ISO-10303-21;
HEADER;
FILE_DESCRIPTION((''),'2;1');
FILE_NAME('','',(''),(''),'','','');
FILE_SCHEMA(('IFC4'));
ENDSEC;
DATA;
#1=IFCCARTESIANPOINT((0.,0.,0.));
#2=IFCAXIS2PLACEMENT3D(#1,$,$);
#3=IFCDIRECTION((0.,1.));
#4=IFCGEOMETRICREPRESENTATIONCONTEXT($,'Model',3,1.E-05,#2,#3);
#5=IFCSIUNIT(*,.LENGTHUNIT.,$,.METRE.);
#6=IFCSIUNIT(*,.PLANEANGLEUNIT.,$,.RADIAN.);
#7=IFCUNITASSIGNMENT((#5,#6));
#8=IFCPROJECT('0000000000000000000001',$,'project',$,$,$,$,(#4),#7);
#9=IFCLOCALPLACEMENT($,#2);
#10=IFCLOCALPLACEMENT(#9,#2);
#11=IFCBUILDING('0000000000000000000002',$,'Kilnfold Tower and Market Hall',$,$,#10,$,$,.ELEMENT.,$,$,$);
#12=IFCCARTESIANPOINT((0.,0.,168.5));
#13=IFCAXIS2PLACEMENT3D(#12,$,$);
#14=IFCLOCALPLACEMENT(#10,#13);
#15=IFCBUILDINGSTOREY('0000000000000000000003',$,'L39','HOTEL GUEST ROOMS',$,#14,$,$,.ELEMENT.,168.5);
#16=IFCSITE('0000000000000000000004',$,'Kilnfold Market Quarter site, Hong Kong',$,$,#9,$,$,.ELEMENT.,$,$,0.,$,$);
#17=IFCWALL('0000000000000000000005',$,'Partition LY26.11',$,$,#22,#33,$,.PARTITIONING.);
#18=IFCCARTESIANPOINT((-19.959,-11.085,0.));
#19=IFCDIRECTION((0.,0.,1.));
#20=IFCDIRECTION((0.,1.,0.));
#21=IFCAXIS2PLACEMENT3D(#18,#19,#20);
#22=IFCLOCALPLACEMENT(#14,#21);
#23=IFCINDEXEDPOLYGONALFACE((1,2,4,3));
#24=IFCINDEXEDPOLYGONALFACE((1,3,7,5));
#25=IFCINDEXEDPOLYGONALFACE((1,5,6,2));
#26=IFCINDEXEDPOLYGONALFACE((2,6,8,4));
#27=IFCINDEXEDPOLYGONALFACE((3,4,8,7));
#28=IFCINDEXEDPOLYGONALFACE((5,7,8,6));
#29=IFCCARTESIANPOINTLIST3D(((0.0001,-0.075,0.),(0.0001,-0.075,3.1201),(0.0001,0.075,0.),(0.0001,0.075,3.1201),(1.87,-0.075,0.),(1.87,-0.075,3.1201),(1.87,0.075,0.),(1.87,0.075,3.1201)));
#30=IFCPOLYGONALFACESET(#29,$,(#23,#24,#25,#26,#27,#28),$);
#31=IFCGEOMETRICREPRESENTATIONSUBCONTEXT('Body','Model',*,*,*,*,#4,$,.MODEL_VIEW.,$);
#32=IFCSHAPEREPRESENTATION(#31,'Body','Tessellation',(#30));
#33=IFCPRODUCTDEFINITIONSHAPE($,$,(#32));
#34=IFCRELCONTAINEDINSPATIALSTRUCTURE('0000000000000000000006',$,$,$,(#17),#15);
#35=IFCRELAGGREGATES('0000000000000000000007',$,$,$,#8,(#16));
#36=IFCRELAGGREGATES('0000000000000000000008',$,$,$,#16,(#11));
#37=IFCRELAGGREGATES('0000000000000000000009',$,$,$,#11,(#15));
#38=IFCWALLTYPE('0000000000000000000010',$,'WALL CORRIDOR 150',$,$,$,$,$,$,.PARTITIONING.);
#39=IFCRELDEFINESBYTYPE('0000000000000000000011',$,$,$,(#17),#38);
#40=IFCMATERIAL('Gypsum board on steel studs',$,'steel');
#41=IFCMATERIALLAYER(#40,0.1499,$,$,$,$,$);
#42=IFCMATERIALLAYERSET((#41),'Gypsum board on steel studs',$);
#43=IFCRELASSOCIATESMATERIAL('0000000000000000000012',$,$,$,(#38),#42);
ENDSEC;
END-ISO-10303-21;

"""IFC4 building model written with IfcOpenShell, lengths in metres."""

from ifc_helpers import new_model, si_unit, direction, frame, frame_2d, origin, place, context, subcontext, project, spatial, rectangle, extrude, material, layer, layer_set, type_object, element, save


model = new_model("IFC4")

# Units and contexts
model_context = context("Model", 3, precision=1e-05, world=origin(), true_north=direction((0.0, 1.0)))
body_context = subcontext(model_context, "Body", "Model", "MODEL_VIEW")
ifc_project = project(units=[si_unit("LENGTHUNIT", "METRE"), si_unit("PLANEANGLEUNIT", "RADIAN")], contexts=[model_context])

# Site, building, storey
site_placement = place(None, origin())
site = spatial("IfcSite", under=ifc_project, at=site_placement, Name="Kilnfold Market Quarter site, Hong Kong", CompositionType="ELEMENT", RefElevation=0.0)
building_placement = place(site_placement, origin())
building = spatial("IfcBuilding", under=site, at=building_placement, Name="Kilnfold Tower and Market Hall", CompositionType="ELEMENT")
storey_placement = place(building_placement, frame((0.0, 0.0, 168.5)))
storey = spatial("IfcBuildingStorey", under=building, at=storey_placement, Name="L39", Description="HOTEL GUEST ROOMS", CompositionType="ELEMENT", Elevation=168.5)

# Shared definitions
ifc_material_1 = material(Name="Gypsum board on steel studs", Category="steel")
ifc_layer_1 = layer(ifc_material_1, 0.1499)
ifc_layer_set_1 = layer_set([ifc_layer_1], Name="Gypsum board on steel studs")
wall_type_1 = type_object("IfcWallType", Name="WALL CORRIDOR 150", PredefinedType="PARTITIONING", material=ifc_layer_set_1)

# Wall
wall_1_placement = place(storey_placement, frame((-19.959, -11.085, 0.0), z_axis=(0.0, 0.0, 1.0), x_axis=(0.0, 1.0, 0.0)))
element("IfcWall", 1, at=wall_1_placement, inside=storey, type_object=wall_type_1, Name="Partition LY26.11", PredefinedType="PARTITIONING", context=body_context, shape_type="SweptSolid", body=[
    extrude(rectangle(XDim=1.8699, YDim=0.1499, at=frame_2d((0.9351, 0.0))), origin(), (0.0, 0.0, 1.0), 3.1201),
])

save(model, "model.ifc")
